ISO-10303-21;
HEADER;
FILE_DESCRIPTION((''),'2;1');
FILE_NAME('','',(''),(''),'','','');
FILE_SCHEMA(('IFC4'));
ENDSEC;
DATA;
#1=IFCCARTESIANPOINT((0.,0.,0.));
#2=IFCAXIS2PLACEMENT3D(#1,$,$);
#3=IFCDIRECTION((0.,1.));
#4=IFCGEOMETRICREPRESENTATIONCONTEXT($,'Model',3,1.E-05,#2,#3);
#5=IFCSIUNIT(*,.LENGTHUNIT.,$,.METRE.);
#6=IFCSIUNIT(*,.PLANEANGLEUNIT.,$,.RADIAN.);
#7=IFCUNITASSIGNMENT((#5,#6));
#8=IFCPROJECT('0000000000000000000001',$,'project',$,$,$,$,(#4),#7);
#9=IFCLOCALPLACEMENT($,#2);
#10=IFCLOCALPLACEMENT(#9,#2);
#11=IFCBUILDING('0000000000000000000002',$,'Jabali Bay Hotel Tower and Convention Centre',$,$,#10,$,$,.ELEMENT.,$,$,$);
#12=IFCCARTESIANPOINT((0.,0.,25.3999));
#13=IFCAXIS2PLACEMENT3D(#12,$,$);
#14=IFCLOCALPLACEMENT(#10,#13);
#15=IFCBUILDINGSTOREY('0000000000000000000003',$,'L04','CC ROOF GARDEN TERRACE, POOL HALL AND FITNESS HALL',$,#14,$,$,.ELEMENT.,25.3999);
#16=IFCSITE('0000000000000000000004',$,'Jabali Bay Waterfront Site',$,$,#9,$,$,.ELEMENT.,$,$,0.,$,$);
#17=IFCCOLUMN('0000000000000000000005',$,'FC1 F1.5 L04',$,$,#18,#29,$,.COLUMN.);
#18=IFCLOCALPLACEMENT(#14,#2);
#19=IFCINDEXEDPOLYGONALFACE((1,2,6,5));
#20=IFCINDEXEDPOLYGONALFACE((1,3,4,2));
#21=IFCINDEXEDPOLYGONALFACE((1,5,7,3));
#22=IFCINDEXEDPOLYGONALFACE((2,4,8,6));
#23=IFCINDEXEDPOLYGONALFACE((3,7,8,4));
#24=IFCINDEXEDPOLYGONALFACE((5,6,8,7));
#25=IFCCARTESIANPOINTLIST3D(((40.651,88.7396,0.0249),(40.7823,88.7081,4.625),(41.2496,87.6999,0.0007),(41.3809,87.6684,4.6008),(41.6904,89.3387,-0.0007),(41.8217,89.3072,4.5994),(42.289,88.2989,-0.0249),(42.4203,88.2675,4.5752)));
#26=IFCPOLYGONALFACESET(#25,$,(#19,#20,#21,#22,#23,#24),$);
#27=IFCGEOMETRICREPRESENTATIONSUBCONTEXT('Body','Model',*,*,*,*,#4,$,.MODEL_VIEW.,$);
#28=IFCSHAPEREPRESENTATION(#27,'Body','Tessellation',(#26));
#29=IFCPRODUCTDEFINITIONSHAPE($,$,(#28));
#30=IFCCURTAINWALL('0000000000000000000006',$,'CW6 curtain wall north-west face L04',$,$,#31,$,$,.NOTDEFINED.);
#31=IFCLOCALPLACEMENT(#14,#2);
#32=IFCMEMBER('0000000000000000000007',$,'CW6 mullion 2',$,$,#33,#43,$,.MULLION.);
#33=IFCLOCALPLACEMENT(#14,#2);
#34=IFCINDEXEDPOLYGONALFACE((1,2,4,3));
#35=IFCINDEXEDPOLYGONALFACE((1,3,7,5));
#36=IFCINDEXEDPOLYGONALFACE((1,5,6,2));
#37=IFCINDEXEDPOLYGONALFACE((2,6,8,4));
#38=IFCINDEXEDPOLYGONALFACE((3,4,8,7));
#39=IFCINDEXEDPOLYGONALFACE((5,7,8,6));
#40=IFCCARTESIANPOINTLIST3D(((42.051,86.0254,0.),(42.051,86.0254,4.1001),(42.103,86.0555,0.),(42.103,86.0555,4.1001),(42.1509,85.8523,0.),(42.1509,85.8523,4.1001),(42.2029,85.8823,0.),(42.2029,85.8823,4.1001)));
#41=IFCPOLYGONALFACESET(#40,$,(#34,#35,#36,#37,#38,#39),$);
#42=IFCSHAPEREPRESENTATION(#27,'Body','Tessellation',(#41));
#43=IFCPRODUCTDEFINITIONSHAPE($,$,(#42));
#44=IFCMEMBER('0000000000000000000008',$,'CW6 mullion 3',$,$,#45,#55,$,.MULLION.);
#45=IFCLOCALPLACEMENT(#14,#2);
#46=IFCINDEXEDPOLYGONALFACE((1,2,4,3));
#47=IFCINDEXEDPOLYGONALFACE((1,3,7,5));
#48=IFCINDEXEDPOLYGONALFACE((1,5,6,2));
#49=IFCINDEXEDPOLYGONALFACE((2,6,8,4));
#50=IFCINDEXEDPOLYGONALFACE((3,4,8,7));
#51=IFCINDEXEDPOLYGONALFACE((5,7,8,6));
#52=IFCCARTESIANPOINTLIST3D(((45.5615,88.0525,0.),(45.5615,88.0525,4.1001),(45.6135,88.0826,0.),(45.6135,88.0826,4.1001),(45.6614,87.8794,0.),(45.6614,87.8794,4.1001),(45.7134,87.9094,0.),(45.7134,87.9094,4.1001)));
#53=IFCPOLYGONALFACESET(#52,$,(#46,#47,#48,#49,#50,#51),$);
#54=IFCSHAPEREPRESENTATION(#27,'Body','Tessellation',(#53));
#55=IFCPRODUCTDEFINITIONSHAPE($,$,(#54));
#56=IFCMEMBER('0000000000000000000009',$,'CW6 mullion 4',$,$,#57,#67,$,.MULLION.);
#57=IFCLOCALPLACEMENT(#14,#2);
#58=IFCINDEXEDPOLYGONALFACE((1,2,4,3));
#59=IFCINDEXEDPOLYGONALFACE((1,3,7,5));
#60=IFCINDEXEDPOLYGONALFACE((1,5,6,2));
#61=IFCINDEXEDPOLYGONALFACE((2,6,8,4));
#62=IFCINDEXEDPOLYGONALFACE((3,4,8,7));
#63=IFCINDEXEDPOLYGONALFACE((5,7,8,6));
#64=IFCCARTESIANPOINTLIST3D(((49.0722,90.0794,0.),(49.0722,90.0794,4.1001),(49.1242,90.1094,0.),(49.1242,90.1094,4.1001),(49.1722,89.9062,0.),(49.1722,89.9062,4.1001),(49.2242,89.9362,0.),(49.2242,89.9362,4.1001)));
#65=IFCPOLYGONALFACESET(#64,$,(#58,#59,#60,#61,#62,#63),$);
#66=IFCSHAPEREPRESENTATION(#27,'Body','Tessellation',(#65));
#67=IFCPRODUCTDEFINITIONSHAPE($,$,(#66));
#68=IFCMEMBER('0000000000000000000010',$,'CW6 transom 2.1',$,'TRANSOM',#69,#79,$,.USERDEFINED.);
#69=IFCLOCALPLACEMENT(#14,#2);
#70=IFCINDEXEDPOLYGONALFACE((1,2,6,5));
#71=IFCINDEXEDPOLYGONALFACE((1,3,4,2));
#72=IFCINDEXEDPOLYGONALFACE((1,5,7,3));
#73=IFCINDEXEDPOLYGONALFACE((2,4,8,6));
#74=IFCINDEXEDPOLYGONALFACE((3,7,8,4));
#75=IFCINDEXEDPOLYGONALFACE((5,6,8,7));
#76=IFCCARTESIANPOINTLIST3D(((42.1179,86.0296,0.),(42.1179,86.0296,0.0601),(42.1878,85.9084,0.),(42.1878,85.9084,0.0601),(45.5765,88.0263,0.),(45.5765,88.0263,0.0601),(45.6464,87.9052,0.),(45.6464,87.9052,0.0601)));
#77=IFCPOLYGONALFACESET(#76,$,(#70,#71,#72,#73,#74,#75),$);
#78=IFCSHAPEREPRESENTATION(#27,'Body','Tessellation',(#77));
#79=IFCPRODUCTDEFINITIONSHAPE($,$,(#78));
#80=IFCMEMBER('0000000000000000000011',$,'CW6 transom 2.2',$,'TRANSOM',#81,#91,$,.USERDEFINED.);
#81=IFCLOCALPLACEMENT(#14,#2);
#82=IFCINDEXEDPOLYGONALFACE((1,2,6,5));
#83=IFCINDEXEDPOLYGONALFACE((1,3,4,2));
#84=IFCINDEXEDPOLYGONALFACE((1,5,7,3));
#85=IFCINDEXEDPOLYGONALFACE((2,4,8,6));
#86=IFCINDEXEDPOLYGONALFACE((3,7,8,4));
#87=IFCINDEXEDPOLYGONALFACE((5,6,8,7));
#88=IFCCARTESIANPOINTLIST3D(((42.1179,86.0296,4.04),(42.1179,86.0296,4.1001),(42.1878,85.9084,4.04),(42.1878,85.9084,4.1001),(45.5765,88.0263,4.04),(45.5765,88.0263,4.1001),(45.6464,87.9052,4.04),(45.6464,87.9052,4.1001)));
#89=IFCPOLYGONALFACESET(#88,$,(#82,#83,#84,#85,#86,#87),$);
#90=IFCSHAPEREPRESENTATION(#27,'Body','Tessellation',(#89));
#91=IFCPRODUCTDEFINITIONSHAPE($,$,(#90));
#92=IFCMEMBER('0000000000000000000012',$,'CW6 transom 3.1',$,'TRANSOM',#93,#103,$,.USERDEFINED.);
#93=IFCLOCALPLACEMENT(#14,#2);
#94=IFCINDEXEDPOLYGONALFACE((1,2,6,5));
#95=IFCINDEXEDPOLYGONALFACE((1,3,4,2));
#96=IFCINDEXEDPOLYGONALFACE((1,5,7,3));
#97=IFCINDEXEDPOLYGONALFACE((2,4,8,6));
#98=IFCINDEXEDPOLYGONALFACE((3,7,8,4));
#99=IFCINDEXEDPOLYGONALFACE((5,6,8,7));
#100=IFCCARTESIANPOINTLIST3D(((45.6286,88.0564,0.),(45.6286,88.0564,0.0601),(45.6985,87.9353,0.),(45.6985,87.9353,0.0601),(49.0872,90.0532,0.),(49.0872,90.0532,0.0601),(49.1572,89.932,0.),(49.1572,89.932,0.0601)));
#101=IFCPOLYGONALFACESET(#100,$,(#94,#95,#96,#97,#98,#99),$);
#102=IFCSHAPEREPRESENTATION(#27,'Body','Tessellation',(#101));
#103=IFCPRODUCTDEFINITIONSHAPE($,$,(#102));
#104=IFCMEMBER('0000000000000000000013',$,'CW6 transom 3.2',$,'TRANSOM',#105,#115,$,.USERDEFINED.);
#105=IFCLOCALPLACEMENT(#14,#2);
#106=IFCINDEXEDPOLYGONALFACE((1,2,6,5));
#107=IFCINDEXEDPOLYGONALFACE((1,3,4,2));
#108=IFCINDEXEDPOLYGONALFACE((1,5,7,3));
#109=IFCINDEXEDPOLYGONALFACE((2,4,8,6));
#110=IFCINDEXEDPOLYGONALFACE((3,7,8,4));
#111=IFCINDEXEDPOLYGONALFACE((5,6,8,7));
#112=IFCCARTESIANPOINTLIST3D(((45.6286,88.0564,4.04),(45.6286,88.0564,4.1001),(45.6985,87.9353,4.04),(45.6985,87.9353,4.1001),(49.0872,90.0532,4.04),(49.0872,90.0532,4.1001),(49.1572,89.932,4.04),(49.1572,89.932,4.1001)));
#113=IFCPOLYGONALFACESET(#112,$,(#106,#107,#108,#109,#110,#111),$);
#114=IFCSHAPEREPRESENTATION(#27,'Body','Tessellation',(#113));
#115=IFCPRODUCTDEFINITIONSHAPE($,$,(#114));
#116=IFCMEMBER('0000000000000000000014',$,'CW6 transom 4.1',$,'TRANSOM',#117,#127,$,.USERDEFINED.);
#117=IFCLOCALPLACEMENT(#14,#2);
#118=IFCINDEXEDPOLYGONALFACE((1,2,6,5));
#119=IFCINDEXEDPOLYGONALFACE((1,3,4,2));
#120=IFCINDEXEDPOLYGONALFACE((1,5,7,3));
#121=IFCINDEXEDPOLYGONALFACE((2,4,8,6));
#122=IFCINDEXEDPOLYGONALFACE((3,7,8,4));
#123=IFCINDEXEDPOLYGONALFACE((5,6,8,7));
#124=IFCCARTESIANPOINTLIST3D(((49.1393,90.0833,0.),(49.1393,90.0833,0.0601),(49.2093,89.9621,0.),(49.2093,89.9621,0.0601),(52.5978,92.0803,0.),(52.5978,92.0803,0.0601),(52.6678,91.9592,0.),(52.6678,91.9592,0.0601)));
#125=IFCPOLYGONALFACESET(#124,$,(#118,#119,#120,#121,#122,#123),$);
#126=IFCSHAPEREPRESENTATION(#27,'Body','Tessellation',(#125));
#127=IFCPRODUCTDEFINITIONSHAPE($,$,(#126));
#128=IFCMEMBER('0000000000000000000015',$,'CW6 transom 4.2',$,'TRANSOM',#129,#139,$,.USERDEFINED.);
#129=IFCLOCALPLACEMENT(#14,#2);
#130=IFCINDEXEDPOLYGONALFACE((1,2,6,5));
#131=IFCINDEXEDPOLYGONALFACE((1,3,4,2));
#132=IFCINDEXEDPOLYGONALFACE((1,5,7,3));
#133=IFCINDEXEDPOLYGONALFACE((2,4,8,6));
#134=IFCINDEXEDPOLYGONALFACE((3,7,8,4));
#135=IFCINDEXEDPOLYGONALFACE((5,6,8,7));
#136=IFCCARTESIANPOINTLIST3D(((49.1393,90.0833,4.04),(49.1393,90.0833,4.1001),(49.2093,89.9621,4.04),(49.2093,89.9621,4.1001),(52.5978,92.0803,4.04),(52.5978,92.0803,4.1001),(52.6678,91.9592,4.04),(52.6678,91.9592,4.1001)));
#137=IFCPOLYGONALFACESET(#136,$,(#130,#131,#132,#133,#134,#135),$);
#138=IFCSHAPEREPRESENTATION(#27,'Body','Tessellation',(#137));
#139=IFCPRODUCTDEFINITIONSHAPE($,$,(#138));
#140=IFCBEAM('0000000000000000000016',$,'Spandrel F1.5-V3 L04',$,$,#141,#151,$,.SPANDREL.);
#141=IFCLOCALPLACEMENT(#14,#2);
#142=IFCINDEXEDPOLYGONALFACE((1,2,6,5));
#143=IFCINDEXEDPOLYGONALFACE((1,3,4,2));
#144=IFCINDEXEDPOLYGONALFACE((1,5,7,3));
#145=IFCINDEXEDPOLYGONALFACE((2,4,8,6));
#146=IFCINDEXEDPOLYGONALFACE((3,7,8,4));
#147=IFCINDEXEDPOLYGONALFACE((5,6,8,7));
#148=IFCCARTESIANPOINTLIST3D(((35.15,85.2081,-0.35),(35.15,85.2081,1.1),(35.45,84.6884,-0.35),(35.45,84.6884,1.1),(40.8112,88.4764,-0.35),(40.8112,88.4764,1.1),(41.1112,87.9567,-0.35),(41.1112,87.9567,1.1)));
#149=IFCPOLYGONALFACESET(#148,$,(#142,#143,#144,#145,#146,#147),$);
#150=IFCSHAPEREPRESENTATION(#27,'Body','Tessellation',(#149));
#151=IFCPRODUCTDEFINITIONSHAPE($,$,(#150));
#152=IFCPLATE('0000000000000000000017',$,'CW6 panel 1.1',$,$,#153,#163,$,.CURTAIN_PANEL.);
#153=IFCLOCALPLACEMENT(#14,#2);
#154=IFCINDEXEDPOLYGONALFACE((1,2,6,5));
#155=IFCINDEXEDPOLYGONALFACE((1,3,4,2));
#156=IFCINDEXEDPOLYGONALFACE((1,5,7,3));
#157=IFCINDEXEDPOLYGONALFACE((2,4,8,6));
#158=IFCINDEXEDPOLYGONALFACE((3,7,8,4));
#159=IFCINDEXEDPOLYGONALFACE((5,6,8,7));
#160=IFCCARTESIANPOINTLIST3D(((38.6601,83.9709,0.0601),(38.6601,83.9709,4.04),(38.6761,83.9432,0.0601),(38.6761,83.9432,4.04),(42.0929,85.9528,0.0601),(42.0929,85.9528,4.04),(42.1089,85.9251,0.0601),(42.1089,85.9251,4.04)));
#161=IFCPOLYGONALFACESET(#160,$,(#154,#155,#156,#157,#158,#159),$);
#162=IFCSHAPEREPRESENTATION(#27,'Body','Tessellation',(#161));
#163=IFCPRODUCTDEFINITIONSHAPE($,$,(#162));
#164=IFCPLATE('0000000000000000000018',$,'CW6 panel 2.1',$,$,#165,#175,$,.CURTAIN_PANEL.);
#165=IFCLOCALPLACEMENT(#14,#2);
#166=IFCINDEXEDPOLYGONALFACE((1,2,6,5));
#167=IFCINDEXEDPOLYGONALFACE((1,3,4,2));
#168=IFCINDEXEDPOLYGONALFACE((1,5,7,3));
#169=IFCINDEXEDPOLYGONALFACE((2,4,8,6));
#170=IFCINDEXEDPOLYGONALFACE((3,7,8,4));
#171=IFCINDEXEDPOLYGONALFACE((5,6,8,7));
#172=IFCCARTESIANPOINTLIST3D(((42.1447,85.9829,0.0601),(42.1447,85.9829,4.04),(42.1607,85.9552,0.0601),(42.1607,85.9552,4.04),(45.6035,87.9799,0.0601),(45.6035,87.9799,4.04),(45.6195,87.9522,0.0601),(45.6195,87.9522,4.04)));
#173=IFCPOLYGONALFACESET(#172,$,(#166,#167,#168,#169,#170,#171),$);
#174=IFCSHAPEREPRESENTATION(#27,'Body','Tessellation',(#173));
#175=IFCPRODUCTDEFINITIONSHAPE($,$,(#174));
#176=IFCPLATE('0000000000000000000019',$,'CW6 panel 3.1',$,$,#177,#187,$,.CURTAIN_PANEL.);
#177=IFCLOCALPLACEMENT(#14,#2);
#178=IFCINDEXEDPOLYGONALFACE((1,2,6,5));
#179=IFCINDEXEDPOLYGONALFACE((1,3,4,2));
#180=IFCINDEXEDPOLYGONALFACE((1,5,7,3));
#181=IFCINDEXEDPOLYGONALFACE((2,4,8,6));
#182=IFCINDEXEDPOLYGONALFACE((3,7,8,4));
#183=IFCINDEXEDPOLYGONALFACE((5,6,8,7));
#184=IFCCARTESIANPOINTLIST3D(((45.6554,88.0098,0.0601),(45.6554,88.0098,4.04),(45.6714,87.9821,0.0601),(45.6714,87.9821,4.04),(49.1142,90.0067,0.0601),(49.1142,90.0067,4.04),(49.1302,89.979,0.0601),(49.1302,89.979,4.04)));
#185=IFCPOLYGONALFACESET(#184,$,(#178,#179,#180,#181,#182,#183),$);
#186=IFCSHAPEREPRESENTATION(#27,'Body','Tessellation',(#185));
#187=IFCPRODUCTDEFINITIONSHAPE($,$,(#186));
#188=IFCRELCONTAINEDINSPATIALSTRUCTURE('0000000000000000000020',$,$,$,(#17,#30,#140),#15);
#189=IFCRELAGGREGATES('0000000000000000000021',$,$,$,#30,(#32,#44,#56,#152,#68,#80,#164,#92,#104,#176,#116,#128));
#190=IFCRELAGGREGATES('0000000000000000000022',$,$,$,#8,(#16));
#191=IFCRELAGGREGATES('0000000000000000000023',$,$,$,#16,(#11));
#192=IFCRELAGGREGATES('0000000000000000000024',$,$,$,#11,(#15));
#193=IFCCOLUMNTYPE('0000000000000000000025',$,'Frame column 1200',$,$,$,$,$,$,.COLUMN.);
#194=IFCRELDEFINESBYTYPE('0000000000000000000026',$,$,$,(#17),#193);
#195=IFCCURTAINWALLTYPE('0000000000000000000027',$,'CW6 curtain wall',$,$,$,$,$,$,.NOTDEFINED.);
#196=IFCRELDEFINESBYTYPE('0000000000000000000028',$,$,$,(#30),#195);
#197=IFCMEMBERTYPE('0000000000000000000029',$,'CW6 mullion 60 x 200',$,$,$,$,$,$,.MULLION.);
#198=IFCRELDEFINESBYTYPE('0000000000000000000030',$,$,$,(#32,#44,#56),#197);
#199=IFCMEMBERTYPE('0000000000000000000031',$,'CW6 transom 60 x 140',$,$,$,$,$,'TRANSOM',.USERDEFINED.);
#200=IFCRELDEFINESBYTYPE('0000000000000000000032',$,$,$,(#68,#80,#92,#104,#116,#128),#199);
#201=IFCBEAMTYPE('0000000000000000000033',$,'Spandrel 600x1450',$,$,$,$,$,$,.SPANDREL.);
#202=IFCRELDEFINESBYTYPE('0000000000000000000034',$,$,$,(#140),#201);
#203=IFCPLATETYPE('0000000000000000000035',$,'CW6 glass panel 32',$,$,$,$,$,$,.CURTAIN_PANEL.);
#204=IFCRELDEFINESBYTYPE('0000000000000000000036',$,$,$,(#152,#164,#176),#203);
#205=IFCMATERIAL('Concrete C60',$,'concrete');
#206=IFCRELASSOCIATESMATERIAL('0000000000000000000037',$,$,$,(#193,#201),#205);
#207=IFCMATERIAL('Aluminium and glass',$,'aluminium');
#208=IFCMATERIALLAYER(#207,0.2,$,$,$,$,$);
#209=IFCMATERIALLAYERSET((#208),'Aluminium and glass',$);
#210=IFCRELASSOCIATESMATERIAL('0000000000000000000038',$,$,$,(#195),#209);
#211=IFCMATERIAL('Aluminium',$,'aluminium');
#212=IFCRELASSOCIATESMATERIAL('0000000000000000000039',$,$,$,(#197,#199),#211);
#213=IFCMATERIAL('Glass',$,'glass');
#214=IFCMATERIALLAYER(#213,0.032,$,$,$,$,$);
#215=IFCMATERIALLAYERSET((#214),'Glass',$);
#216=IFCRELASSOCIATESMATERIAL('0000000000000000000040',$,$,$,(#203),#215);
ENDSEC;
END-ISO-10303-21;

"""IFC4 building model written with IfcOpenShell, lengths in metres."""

from ifc_helpers import new_model, si_unit, direction, frame, origin, origin_2d, place, context, subcontext, project, spatial, rectangle, extrude, material, layer, layer_set, material_profile, profile_set, type_object, element, aggregate, save


model = new_model("IFC4")

# Units and contexts
model_context = context("Model", 3, precision=1e-05, world=origin(), true_north=direction((0.0, 1.0)))
body_context = subcontext(model_context, "Body", "Model", "MODEL_VIEW")
ifc_project = project(units=[si_unit("LENGTHUNIT", "METRE"), si_unit("PLANEANGLEUNIT", "RADIAN")], contexts=[model_context])

# Site, building, storey
site_placement = place(None, origin())
site = spatial("IfcSite", under=ifc_project, at=site_placement, Name="Jabali Bay Waterfront Site", CompositionType="ELEMENT", RefElevation=0.0)
building_placement = place(site_placement, origin())
building = spatial("IfcBuilding", under=site, at=building_placement, Name="Jabali Bay Hotel Tower and Convention Centre", CompositionType="ELEMENT")
storey_placement = place(building_placement, frame((0.0, 0.0, 25.3999)))
storey = spatial("IfcBuildingStorey", under=building, at=storey_placement, Name="L04", Description="CC ROOF GARDEN TERRACE, POOL HALL AND FITNESS HALL", CompositionType="ELEMENT", Elevation=25.3999)

# Column
ifc_material_1 = material(Name="Concrete C60", Category="concrete")
ifc_material_profile_1 = material_profile(ifc_material_1, rectangle(XDim=1.2, YDim=1.2, at=origin_2d()), Name="Frame column 1200")
ifc_profile_set_1 = profile_set([ifc_material_profile_1], Name="Concrete C60")
column_type = type_object("IfcColumnType", Name="Frame column 1200", PredefinedType="COLUMN", material=ifc_profile_set_1)
column_placement = place(storey_placement, frame((41.47, 88.5193, 0.0), z_axis=(0.028541, -0.006843, 0.999569), x_axis=(-0.498846, 0.866456, 0.020176)))
element("IfcColumn", 1, at=column_placement, inside=storey, type_object=column_type, Name="FC1 F1.5 L04", PredefinedType="COLUMN", context=body_context, shape_type="SweptSolid", body=[
    extrude(rectangle(XDim=1.2, YDim=1.2, at=origin_2d()), origin(), (0.0, 0.0, 1.0), 4.6021),
])

# Curtain wall, members
ifc_material_2 = material(Name="Aluminium and glass", Category="aluminium")
ifc_layer_1 = layer(ifc_material_2, 0.2)
ifc_layer_set_1 = layer_set([ifc_layer_1], Name="Aluminium and glass")
curtain_wall_type = type_object("IfcCurtainWallType", Name="CW6 curtain wall", PredefinedType="NOTDEFINED", material=ifc_layer_set_1)
curtain_wall_placement = place(storey_placement, origin())
curtain_wall = element("IfcCurtainWall", 2, at=curtain_wall_placement, inside=storey, type_object=curtain_wall_type, Name="CW6 curtain wall north-west face L04", PredefinedType="NOTDEFINED")
ifc_material_3 = material(Name="Aluminium", Category="aluminium")
ifc_material_profile_2 = material_profile(ifc_material_3, rectangle(XDim=0.2, YDim=0.0601, at=origin_2d()), Name="CW6 mullion 60 x 200")
ifc_profile_set_2 = profile_set([ifc_material_profile_2], Name="Aluminium")
member_type_1 = type_object("IfcMemberType", Name="CW6 mullion 60 x 200", PredefinedType="MULLION", material=ifc_profile_set_2)
member_1_placement = place(storey_placement, frame((42.127, 85.9539, 0.0), z_axis=(0.0, 0.0, 1.0), x_axis=(-0.5, 0.866025, 0.0)))
member_1 = element("IfcMember", 3, at=member_1_placement, type_object=member_type_1, Name="CW6 mullion 2", PredefinedType="MULLION", context=body_context, shape_type="SweptSolid", body=[
    extrude(rectangle(XDim=0.2, YDim=0.0601, at=origin_2d()), origin(), (0.0, 0.0, 1.0), 4.1001),
])
member_2_placement = place(storey_placement, frame((45.6375, 87.981, 0.0), z_axis=(0.0, 0.0, 1.0), x_axis=(-0.5, 0.866025, 0.0)))
member_2 = element("IfcMember", 4, at=member_2_placement, type_object=member_type_1, Name="CW6 mullion 3", PredefinedType="MULLION", context=body_context, shape_type="SweptSolid", body=[
    extrude(rectangle(XDim=0.2, YDim=0.0601, at=origin_2d()), origin(), (0.0, 0.0, 1.0), 4.1001),
])
member_3_placement = place(storey_placement, frame((49.1482, 90.0078, 0.0), z_axis=(0.0, 0.0, 1.0), x_axis=(-0.5, 0.866025, 0.0)))
member_3 = element("IfcMember", 5, at=member_3_placement, type_object=member_type_1, Name="CW6 mullion 4", PredefinedType="MULLION", context=body_context, shape_type="SweptSolid", body=[
    extrude(rectangle(XDim=0.2, YDim=0.0601, at=origin_2d()), origin(), (0.0, 0.0, 1.0), 4.1001),
])
ifc_material_profile_3 = material_profile(ifc_material_3, rectangle(XDim=0.1399, YDim=0.0601, at=origin_2d()), Name="CW6 transom 60 x 140")
ifc_profile_set_3 = profile_set([ifc_material_profile_3], Name="Aluminium")
member_type_2 = type_object("IfcMemberType", Name="CW6 transom 60 x 140", ElementType="TRANSOM", PredefinedType="USERDEFINED", material=ifc_profile_set_3)
member_4_placement = place(storey_placement, frame((42.1528, 85.969, 0.03), z_axis=(0.866034, 0.499985, 0.0), x_axis=(-0.499985, 0.866034, 0.0)))
member_4 = element("IfcMember", 6, at=member_4_placement, type_object=member_type_2, Name="CW6 transom 2.1", ObjectType="TRANSOM", PredefinedType="USERDEFINED", context=body_context, shape_type="SweptSolid", body=[
    extrude(rectangle(XDim=0.1399, YDim=0.0601, at=origin_2d()), origin(), (0.0, 0.0, 1.0), 3.9937),
])
member_5_placement = place(storey_placement, frame((42.1528, 85.969, 4.0701), z_axis=(0.866034, 0.499985, 0.0), x_axis=(-0.499985, 0.866034, 0.0)))
member_5 = element("IfcMember", 7, at=member_5_placement, type_object=member_type_2, Name="CW6 transom 2.2", ObjectType="TRANSOM", PredefinedType="USERDEFINED", context=body_context, shape_type="SweptSolid", body=[
    extrude(rectangle(XDim=0.1399, YDim=0.0601, at=origin_2d()), origin(), (0.0, 0.0, 1.0), 3.9937),
])
member_6_placement = place(storey_placement, frame((45.6636, 87.9958, 0.03), z_axis=(0.866034, 0.499985, 0.0), x_axis=(-0.499985, 0.866034, 0.0)))
member_6 = element("IfcMember", 8, at=member_6_placement, type_object=member_type_2, Name="CW6 transom 3.1", ObjectType="TRANSOM", PredefinedType="USERDEFINED", context=body_context, shape_type="SweptSolid", body=[
    extrude(rectangle(XDim=0.1399, YDim=0.0601, at=origin_2d()), origin(), (0.0, 0.0, 1.0), 3.9937),
])
member_7_placement = place(storey_placement, frame((45.6636, 87.9958, 4.0701), z_axis=(0.866034, 0.499985, 0.0), x_axis=(-0.499985, 0.866034, 0.0)))
member_7 = element("IfcMember", 9, at=member_7_placement, type_object=member_type_2, Name="CW6 transom 3.2", ObjectType="TRANSOM", PredefinedType="USERDEFINED", context=body_context, shape_type="SweptSolid", body=[
    extrude(rectangle(XDim=0.1399, YDim=0.0601, at=origin_2d()), origin(), (0.0, 0.0, 1.0), 3.9937),
])
member_8_placement = place(storey_placement, frame((49.1743, 90.0227, 0.03), z_axis=(0.865992, 0.500058, 0.0), x_axis=(-0.500058, 0.865992, 0.0)))
member_8 = element("IfcMember", 10, at=member_8_placement, type_object=member_type_2, Name="CW6 transom 4.1", ObjectType="TRANSOM", PredefinedType="USERDEFINED", context=body_context, shape_type="SweptSolid", body=[
    extrude(rectangle(XDim=0.1399, YDim=0.0601, at=origin_2d()), origin(), (0.0, 0.0, 1.0), 3.9937),
])
member_9_placement = place(storey_placement, frame((49.1743, 90.0227, 4.0701), z_axis=(0.865992, 0.500058, 0.0), x_axis=(-0.500058, 0.865992, 0.0)))
member_9 = element("IfcMember", 11, at=member_9_placement, type_object=member_type_2, Name="CW6 transom 4.2", ObjectType="TRANSOM", PredefinedType="USERDEFINED", context=body_context, shape_type="SweptSolid", body=[
    extrude(rectangle(XDim=0.1399, YDim=0.0601, at=origin_2d()), origin(), (0.0, 0.0, 1.0), 3.9937),
])

# Beam
ifc_material_profile_4 = material_profile(ifc_material_1, rectangle(XDim=0.6001, YDim=1.45, at=origin_2d()), Name="Spandrel 600x1450")
ifc_profile_set_4 = profile_set([ifc_material_profile_4], Name="Concrete C60")
beam_type = type_object("IfcBeamType", Name="Spandrel 600x1450", PredefinedType="SPANDREL", material=ifc_profile_set_4)
beam_placement = place(storey_placement, frame((40.9612, 88.2166, 0.375), z_axis=(-0.866035, -0.499983, 0.0), x_axis=(0.499983, -0.866035, 0.0)))
element("IfcBeam", 12, at=beam_placement, inside=storey, type_object=beam_type, Name="Spandrel F1.5-V3 L04", PredefinedType="SPANDREL", context=body_context, shape_type="SweptSolid", body=[
    extrude(rectangle(XDim=0.6001, YDim=1.45, at=origin_2d()), origin(), (0.0, 0.0, 1.0), 6.5369),
])

# Plates
ifc_material_4 = material(Name="Glass", Category="glass")
ifc_layer_2 = layer(ifc_material_4, 0.032)
ifc_layer_set_2 = layer_set([ifc_layer_2], Name="Glass")
plate_type = type_object("IfcPlateType", Name="CW6 glass panel 32", PredefinedType="CURTAIN_PANEL", material=ifc_layer_set_2)
plate_1_placement = place(storey_placement, frame((40.3845, 84.948, 0.0601), z_axis=(0.0, 0.0, 1.0), x_axis=(0.866025, 0.5, 0.0)))
plate_1 = element("IfcPlate", 13, at=plate_1_placement, type_object=plate_type, Name="CW6 panel 1.1", PredefinedType="CURTAIN_PANEL", context=body_context, shape_type="SweptSolid", body=[
    extrude(rectangle(XDim=3.9639, YDim=0.032, at=origin_2d()), origin(), (0.0, 0.0, 1.0), 3.98),
])
plate_2_placement = place(storey_placement, frame((43.8821, 86.9675, 0.0601), z_axis=(0.0, 0.0, 1.0), x_axis=(0.866025, 0.5, 0.0)))
plate_2 = element("IfcPlate", 14, at=plate_2_placement, type_object=plate_type, Name="CW6 panel 2.1", PredefinedType="CURTAIN_PANEL", context=body_context, shape_type="SweptSolid", body=[
    extrude(rectangle(XDim=3.9939, YDim=0.032, at=origin_2d()), origin(), (0.0, 0.0, 1.0), 3.98),
])
plate_3_placement = place(storey_placement, frame((47.3928, 88.9944, 0.0601), z_axis=(0.0, 0.0, 1.0), x_axis=(0.866025, 0.5, 0.0)))
plate_3 = element("IfcPlate", 15, at=plate_3_placement, type_object=plate_type, Name="CW6 panel 3.1", PredefinedType="CURTAIN_PANEL", context=body_context, shape_type="SweptSolid", body=[
    extrude(rectangle(XDim=3.9939, YDim=0.032, at=origin_2d()), origin(), (0.0, 0.0, 1.0), 3.98),
])
aggregate(curtain_wall, [member_1, member_2, member_3, plate_1, member_4, member_5, plate_2, member_6, member_7, plate_3, member_8, member_9])

save(model, "model.ifc")
